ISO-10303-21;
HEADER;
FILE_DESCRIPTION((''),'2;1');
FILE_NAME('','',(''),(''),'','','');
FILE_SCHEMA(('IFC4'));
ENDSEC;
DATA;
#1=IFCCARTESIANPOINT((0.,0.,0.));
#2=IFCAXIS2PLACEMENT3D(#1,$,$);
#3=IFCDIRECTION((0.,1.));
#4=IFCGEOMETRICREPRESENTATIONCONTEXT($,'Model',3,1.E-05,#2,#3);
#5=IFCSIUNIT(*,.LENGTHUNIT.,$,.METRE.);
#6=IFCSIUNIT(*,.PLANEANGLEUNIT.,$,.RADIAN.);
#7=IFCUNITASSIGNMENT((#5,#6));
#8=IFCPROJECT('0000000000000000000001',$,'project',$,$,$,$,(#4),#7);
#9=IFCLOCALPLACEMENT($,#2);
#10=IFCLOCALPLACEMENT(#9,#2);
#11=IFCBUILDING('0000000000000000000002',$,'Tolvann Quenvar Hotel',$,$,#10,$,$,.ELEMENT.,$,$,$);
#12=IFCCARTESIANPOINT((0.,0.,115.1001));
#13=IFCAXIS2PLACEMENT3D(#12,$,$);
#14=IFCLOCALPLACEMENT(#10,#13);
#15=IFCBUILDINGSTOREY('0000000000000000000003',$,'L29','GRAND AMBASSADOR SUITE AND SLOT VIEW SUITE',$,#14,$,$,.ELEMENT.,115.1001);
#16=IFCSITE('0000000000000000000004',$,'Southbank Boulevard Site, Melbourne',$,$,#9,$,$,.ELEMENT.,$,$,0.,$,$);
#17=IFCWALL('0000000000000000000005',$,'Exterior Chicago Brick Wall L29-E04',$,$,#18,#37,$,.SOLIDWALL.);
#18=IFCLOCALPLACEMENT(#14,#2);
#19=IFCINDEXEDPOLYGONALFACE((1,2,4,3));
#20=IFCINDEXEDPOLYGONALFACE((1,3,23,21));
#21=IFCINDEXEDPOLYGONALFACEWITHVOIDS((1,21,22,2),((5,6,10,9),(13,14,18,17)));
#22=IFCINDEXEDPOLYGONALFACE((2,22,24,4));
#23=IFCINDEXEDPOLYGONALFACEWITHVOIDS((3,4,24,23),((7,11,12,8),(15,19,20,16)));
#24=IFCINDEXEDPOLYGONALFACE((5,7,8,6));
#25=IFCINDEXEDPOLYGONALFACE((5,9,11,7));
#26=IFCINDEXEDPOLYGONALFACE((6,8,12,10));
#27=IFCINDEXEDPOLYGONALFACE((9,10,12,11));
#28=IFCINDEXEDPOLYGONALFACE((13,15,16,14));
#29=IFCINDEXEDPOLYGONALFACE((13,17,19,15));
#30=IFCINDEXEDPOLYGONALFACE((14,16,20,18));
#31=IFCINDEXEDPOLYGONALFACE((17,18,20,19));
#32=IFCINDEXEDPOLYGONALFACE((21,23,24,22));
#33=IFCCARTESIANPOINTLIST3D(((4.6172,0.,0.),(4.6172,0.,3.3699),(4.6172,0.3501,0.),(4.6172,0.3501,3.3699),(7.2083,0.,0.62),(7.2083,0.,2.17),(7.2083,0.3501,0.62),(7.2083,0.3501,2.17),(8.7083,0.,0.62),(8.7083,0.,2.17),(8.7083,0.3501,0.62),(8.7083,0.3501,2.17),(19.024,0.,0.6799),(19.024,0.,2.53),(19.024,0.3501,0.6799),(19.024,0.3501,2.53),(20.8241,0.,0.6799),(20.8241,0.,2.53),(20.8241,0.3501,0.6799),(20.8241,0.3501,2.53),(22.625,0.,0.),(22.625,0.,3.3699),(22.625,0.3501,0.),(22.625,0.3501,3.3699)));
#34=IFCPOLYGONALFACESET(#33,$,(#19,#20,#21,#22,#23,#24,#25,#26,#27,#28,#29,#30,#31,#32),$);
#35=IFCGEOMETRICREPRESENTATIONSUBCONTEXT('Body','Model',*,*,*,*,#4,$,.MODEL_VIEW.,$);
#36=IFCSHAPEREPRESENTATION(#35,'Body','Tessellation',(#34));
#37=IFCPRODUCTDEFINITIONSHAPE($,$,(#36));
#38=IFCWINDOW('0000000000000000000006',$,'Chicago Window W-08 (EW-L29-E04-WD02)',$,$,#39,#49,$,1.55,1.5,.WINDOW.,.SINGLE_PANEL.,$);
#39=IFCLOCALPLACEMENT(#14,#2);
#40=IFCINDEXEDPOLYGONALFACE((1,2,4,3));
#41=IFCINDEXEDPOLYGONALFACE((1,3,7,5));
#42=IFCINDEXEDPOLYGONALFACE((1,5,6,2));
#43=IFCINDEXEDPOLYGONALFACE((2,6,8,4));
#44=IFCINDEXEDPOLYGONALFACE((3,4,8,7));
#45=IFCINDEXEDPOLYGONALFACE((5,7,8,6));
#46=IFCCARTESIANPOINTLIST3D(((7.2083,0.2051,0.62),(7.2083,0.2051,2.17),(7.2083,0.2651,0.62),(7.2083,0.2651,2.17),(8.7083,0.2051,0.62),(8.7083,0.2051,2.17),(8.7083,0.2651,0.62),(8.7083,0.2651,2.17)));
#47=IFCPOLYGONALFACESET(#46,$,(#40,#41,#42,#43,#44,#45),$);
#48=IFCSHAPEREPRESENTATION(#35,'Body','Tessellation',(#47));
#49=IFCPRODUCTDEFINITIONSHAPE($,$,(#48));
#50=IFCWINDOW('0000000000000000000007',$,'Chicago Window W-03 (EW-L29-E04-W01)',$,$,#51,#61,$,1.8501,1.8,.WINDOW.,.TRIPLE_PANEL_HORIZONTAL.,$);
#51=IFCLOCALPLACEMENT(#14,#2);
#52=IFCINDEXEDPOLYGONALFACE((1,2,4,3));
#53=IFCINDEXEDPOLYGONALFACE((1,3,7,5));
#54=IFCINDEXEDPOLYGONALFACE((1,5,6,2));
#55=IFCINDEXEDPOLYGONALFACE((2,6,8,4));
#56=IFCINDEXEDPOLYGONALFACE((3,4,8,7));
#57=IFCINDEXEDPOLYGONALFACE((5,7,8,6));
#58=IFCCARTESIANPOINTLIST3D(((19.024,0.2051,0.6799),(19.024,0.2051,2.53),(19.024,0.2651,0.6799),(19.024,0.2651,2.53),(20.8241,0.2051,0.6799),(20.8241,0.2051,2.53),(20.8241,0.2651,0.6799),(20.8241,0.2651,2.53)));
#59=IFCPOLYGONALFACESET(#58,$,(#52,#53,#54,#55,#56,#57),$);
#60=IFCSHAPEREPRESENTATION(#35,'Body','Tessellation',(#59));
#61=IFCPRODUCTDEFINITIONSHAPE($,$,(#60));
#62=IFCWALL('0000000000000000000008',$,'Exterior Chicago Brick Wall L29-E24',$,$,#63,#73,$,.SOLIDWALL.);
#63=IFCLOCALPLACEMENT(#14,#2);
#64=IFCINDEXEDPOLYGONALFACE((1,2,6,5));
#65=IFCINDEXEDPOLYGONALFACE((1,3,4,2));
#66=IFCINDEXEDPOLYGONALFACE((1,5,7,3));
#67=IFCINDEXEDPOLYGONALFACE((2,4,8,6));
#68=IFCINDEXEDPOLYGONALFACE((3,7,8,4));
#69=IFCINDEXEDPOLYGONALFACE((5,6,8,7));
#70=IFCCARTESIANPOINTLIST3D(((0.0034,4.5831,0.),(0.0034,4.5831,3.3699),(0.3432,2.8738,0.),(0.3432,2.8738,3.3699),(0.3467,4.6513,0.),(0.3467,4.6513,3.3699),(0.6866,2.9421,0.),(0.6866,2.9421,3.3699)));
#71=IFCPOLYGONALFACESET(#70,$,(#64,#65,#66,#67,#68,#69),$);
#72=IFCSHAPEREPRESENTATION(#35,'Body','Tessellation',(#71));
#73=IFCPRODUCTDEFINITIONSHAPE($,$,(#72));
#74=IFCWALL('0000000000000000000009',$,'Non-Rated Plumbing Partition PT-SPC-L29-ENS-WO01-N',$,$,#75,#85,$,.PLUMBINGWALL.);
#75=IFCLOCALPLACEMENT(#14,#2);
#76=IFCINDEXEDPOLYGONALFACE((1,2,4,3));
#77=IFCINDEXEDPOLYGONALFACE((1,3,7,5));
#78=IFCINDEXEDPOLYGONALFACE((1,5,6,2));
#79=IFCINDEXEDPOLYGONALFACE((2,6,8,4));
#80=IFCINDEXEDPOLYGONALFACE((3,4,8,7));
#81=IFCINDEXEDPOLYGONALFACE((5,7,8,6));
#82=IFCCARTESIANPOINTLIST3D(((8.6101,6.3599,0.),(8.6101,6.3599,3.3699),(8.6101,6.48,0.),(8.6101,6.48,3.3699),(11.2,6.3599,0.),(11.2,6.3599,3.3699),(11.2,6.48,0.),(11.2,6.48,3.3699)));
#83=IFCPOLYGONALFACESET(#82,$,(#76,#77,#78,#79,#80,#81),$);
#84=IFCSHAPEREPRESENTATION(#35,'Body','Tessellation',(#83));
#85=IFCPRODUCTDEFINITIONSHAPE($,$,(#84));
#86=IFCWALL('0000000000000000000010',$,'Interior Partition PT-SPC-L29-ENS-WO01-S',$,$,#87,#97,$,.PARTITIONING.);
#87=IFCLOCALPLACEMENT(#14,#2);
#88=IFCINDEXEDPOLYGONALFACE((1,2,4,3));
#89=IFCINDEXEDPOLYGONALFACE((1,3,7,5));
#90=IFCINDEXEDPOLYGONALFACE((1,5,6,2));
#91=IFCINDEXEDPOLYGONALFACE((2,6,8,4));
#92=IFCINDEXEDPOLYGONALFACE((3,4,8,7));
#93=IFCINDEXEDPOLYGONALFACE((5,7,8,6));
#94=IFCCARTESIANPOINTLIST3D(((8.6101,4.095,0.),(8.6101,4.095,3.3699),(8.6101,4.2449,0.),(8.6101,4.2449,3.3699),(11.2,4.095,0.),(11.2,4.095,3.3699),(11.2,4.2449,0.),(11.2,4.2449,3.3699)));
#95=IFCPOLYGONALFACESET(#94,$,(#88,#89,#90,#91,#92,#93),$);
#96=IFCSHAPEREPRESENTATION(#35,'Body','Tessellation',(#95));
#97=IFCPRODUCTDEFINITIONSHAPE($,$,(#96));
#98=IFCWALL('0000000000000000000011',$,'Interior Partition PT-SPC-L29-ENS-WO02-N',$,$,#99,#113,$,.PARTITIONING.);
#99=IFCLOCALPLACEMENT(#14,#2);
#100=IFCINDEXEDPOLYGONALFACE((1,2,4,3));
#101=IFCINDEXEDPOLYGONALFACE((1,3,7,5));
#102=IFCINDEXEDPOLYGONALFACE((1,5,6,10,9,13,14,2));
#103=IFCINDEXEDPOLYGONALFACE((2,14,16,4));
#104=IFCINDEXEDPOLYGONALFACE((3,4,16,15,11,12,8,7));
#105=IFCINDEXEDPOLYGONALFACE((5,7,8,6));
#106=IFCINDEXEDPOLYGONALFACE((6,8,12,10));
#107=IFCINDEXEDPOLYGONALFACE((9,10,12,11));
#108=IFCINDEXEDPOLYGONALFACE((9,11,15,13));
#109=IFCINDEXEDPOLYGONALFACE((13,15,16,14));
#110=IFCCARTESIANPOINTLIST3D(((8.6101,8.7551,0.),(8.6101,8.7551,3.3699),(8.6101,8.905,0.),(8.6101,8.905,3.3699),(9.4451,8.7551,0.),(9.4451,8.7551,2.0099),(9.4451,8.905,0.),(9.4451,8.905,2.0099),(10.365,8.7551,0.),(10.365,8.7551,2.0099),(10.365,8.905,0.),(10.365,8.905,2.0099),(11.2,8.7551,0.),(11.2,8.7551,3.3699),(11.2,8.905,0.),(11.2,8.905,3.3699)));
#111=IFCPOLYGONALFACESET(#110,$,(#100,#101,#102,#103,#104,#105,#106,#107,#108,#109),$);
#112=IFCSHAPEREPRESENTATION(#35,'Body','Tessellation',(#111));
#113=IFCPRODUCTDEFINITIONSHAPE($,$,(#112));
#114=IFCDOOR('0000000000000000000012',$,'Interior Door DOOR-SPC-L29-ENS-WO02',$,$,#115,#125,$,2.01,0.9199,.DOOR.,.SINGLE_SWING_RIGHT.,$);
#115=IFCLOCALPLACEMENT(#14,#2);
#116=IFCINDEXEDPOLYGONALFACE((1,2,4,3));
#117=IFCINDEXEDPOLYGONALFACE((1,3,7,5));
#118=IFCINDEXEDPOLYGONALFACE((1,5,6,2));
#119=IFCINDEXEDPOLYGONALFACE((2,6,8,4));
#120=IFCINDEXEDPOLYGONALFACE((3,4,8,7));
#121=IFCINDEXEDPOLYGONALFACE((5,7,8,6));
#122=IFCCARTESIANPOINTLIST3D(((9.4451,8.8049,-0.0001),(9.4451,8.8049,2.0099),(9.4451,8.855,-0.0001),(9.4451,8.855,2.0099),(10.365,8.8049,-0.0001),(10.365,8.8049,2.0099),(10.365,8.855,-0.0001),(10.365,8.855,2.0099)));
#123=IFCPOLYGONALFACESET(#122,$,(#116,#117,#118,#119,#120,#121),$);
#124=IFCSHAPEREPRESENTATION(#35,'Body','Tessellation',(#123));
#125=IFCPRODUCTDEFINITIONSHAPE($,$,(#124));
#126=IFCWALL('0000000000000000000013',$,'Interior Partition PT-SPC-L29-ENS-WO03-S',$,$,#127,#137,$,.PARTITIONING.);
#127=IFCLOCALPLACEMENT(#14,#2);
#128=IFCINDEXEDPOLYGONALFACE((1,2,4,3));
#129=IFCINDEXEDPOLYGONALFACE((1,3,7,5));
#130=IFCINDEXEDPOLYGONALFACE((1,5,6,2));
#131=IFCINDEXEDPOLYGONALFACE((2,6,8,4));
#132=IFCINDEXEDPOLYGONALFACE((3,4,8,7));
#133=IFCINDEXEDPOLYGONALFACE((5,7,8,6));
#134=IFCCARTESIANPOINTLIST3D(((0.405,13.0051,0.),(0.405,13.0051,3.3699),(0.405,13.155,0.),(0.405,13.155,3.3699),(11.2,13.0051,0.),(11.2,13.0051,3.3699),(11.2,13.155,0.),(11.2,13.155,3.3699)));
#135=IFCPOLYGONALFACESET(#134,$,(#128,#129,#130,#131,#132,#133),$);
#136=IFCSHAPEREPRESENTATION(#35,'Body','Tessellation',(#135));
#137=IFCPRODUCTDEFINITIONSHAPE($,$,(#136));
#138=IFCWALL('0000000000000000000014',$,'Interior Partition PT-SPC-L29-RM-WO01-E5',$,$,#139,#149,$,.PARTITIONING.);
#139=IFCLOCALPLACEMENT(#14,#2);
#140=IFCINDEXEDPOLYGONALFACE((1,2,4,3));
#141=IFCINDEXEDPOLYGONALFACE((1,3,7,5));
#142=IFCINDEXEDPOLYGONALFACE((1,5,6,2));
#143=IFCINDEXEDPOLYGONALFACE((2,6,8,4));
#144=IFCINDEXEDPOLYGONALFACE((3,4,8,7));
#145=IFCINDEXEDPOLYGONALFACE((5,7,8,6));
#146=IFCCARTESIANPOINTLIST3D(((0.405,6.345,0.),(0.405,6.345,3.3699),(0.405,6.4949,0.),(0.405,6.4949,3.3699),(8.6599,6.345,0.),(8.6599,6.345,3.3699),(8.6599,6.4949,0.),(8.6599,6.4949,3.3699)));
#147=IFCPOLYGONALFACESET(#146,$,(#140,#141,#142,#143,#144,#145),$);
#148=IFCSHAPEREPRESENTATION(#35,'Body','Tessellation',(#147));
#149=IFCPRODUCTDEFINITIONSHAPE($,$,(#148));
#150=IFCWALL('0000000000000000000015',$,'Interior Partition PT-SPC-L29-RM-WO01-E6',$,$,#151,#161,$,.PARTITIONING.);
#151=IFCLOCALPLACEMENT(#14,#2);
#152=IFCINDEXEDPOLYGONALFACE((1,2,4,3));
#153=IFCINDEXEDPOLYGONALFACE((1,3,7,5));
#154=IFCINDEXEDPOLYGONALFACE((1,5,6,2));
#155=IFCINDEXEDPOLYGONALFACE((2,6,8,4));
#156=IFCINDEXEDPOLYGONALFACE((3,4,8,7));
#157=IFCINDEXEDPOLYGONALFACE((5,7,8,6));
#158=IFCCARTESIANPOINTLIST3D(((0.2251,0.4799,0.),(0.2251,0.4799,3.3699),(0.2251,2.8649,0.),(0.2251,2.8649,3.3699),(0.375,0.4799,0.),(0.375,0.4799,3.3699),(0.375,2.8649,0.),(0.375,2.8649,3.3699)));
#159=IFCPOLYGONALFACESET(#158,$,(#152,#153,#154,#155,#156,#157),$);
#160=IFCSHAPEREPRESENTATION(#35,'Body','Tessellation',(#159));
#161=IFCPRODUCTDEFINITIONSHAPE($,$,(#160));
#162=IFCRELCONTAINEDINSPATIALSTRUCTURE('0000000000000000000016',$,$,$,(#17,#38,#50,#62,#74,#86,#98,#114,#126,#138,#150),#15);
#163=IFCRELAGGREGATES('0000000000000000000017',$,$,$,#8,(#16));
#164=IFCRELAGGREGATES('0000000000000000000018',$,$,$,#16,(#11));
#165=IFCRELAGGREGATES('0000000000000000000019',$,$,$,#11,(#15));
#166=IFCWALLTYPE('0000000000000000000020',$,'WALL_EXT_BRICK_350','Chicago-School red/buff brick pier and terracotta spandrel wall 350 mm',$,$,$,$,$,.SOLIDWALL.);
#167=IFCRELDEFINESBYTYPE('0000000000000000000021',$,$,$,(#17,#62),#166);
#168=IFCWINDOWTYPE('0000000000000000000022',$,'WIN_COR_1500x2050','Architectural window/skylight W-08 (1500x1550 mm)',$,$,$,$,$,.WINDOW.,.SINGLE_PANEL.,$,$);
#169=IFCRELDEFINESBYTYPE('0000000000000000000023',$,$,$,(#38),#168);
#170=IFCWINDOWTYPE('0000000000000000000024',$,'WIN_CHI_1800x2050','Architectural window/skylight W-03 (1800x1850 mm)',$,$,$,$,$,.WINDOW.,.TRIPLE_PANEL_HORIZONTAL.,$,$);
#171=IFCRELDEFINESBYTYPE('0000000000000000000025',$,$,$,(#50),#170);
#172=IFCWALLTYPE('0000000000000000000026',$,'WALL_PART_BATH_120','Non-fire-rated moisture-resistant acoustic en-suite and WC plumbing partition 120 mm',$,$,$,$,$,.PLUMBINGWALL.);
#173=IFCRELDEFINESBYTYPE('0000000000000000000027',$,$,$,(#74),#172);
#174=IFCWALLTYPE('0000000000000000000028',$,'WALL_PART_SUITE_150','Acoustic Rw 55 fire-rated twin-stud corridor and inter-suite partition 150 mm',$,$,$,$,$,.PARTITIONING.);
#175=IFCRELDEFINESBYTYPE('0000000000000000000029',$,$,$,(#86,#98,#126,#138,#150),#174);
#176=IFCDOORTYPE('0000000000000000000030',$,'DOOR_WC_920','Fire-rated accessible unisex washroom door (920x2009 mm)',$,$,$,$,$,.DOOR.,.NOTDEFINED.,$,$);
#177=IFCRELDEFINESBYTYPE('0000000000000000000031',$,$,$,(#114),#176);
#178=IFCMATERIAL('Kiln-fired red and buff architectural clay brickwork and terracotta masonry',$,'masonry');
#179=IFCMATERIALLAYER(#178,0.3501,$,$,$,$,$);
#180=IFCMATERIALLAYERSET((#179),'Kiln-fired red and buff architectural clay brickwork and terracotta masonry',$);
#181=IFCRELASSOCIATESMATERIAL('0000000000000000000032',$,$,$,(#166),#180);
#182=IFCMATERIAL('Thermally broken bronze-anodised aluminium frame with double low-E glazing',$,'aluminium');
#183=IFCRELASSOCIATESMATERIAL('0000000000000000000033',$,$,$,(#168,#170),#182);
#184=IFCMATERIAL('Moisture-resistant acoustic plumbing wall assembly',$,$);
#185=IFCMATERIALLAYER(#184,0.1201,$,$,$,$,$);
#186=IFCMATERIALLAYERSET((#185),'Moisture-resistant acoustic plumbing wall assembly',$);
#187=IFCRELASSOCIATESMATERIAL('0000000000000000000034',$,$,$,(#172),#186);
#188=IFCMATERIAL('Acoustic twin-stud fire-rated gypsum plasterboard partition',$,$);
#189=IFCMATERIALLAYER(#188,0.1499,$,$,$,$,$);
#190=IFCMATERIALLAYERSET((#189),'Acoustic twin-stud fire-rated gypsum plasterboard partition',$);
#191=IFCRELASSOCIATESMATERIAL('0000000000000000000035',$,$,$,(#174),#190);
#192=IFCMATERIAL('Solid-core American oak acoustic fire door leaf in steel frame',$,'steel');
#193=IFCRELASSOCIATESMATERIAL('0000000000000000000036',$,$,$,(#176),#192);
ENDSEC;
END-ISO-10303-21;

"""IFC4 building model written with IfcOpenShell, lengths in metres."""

from ifc_helpers import new_model, si_unit, direction, frame, frame_2d, origin, place, context, subcontext, project, spatial, rectangle, extrude, source, transform, mapped, material, layer, layer_set, type_object, type_shapes, element, fill, save


model = new_model("IFC4")

# Units and contexts
model_context = context("Model", 3, precision=1e-05, world=origin(), true_north=direction((0.0, 1.0)))
body_context = subcontext(model_context, "Body", "Model", "MODEL_VIEW")
ifc_project = project(units=[si_unit("LENGTHUNIT", "METRE"), si_unit("PLANEANGLEUNIT", "RADIAN")], contexts=[model_context])

# Site, building, storey
site_placement = place(None, origin())
site = spatial("IfcSite", under=ifc_project, at=site_placement, Name="Southbank Boulevard Site, Melbourne", CompositionType="ELEMENT", RefElevation=0.0)
building_placement = place(site_placement, origin())
building = spatial("IfcBuilding", under=site, at=building_placement, Name="Tolvann Quenvar Hotel", CompositionType="ELEMENT")
storey_placement = place(building_placement, frame((0.0, 0.0, 115.1001)))
storey = spatial("IfcBuildingStorey", under=building, at=storey_placement, Name="L29", Description="GRAND AMBASSADOR SUITE AND SLOT VIEW SUITE", CompositionType="ELEMENT", Elevation=115.1001)

# Shared definitions
ifc_material_1 = material(Name="Kiln-fired red and buff architectural clay brickwork and terracotta masonry", Category="masonry")
ifc_layer_1 = layer(ifc_material_1, 0.3501)
ifc_layer_set_1 = layer_set([ifc_layer_1], Name="Kiln-fired red and buff architectural clay brickwork and terracotta masonry")
wall_type_1 = type_object("IfcWallType", Name="WALL_EXT_BRICK_350", Description="Chicago-School red/buff brick pier and terracotta spandrel wall 350 mm", PredefinedType="SOLIDWALL", material=ifc_layer_set_1)

# Wall, openings, windows
wall_1_placement = place(storey_placement, frame((4.6172, 0.175, 0.0), z_axis=(0.0, 0.0, 1.0), x_axis=(1.0, 0.0, 0.0)))
wall_1 = element("IfcWall", 1, at=wall_1_placement, inside=storey, type_object=wall_type_1, Name="Exterior Chicago Brick Wall L29-E04", PredefinedType="SOLIDWALL", context=body_context, shape_type="SweptSolid", body=[
    extrude(rectangle(XDim=18.0078, YDim=0.3501, at=frame_2d((9.0039, 0.0))), origin(), (0.0, 0.0, 1.0), 3.3699),
])
opening_1_placement = place(wall_1_placement, frame((14.407, 0.0, 0.6799)))
opening_1 = element("IfcOpeningElement", 2, at=opening_1_placement, cuts=wall_1, PredefinedType="OPENING", context=body_context, shape_type="SweptSolid", body=[
    extrude(rectangle(XDim=1.8, YDim=1.8501, at=frame_2d((0.8999, 0.925))), frame((0.0, 0.1851, 0.0), z_axis=(0.0, -1.0, 0.0), x_axis=(1.0, 0.0, 0.0)), (0.0, 0.0, 1.0), 0.3701),
])
opening_2_placement = place(wall_1_placement, frame((2.5911, 0.0, 0.6201)))
opening_2 = element("IfcOpeningElement", 3, at=opening_2_placement, cuts=wall_1, PredefinedType="OPENING", context=body_context, shape_type="SweptSolid", body=[
    extrude(rectangle(XDim=1.5, YDim=1.55, at=frame_2d((0.75, 0.7749))), frame((0.0, 0.1851, 0.0), z_axis=(0.0, -1.0, 0.0), x_axis=(1.0, 0.0, 0.0)), (0.0, 0.0, 1.0), 0.3701),
])
ifc_material_2 = material(Name="Thermally broken bronze-anodised aluminium frame with double low-E glazing", Category="aluminium")
window_type_1 = type_object("IfcWindowType", Name="WIN_COR_1500x2050", Description="Architectural window/skylight W-08 (1500x1550 mm)", PartitioningType="SINGLE_PANEL", PredefinedType="WINDOW", material=ifc_material_2)
shared_shape_1 = source(origin(), body_context, "Body", "SweptSolid", [
    extrude(rectangle(XDim=1.5, YDim=1.55, at=frame_2d((0.75, 0.7749))), frame((0.0, 0.0901, 0.0), z_axis=(0.0, -1.0, 0.0), x_axis=(1.0, 0.0, 0.0)), (0.0, 0.0, 1.0), 0.0601),
])
type_shapes(window_type_1, [shared_shape_1])
window_1_placement = place(opening_2_placement, origin())
window_1 = element("IfcWindow", 4, at=window_1_placement, inside=storey, type_object=window_type_1, Name="Chicago Window W-08 (EW-L29-E04-WD02)", OverallHeight=1.55, OverallWidth=1.5, PartitioningType="SINGLE_PANEL", PredefinedType="WINDOW", context=body_context, shape_type="MappedRepresentation", body=[
    mapped(shared_shape_1, transform((0.0, 0.0, 0.0), x_axis=(1.0, 0.0, 0.0), y_axis=(0.0, 1.0, 0.0), z_axis=(0.0, 0.0, 1.0), scale=1.0)),
])
fill(opening_2, window_1)
window_type_2 = type_object("IfcWindowType", Name="WIN_CHI_1800x2050", Description="Architectural window/skylight W-03 (1800x1850 mm)", PartitioningType="TRIPLE_PANEL_HORIZONTAL", PredefinedType="WINDOW", material=ifc_material_2)
shared_shape_2 = source(origin(), body_context, "Body", "SweptSolid", [
    extrude(rectangle(XDim=1.8, YDim=1.8501, at=frame_2d((0.8999, 0.925))), frame((0.0, 0.0901, 0.0), z_axis=(0.0, -1.0, 0.0), x_axis=(1.0, 0.0, 0.0)), (0.0, 0.0, 1.0), 0.0601),
])
type_shapes(window_type_2, [shared_shape_2])
window_2_placement = place(opening_1_placement, origin())
window_2 = element("IfcWindow", 5, at=window_2_placement, inside=storey, type_object=window_type_2, Name="Chicago Window W-03 (EW-L29-E04-W01)", OverallHeight=1.8501, OverallWidth=1.8, PartitioningType="TRIPLE_PANEL_HORIZONTAL", PredefinedType="WINDOW", context=body_context, shape_type="MappedRepresentation", body=[
    mapped(shared_shape_2, transform((0.0, 0.0, 0.0), x_axis=(1.0, 0.0, 0.0), y_axis=(0.0, 1.0, 0.0), z_axis=(0.0, 0.0, 1.0), scale=1.0)),
])
fill(opening_1, window_2)

# Walls
wall_2_placement = place(storey_placement, frame((0.175, 4.6172, 0.0), z_axis=(0.0, 0.0, 1.0), x_axis=(0.195011, -0.980801, 0.0)))
element("IfcWall", 6, at=wall_2_placement, inside=storey, type_object=wall_type_1, Name="Exterior Chicago Brick Wall L29-E24", PredefinedType="SOLIDWALL", context=body_context, shape_type="SweptSolid", body=[
    extrude(rectangle(XDim=1.7427, YDim=0.3501, at=frame_2d((0.8713, 0.0))), origin(), (0.0, 0.0, 1.0), 3.3699),
])
ifc_material_3 = material(Name="Moisture-resistant acoustic plumbing wall assembly")
ifc_layer_2 = layer(ifc_material_3, 0.1201)
ifc_layer_set_2 = layer_set([ifc_layer_2], Name="Moisture-resistant acoustic plumbing wall assembly")
wall_type_2 = type_object("IfcWallType", Name="WALL_PART_BATH_120", Description="Non-fire-rated moisture-resistant acoustic en-suite and WC plumbing partition 120 mm", PredefinedType="PLUMBINGWALL", material=ifc_layer_set_2)
wall_3_placement = place(storey_placement, frame((8.6101, 6.4199, 0.0), z_axis=(0.0, 0.0, 1.0), x_axis=(1.0, 0.0, 0.0)))
element("IfcWall", 7, at=wall_3_placement, inside=storey, type_object=wall_type_2, Name="Non-Rated Plumbing Partition PT-SPC-L29-ENS-WO01-N", PredefinedType="PLUMBINGWALL", context=body_context, shape_type="SweptSolid", body=[
    extrude(rectangle(XDim=2.5898, YDim=0.1201, at=frame_2d((1.2949, 0.0))), origin(), (0.0, 0.0, 1.0), 3.3699),
])
ifc_material_4 = material(Name="Acoustic twin-stud fire-rated gypsum plasterboard partition")
ifc_layer_3 = layer(ifc_material_4, 0.1499)
ifc_layer_set_3 = layer_set([ifc_layer_3], Name="Acoustic twin-stud fire-rated gypsum plasterboard partition")
wall_type_3 = type_object("IfcWallType", Name="WALL_PART_SUITE_150", Description="Acoustic Rw 55 fire-rated twin-stud corridor and inter-suite partition 150 mm", PredefinedType="PARTITIONING", material=ifc_layer_set_3)
wall_4_placement = place(storey_placement, frame((8.6101, 4.1699, 0.0), z_axis=(0.0, 0.0, 1.0), x_axis=(1.0, 0.0, 0.0)))
element("IfcWall", 8, at=wall_4_placement, inside=storey, type_object=wall_type_3, Name="Interior Partition PT-SPC-L29-ENS-WO01-S", PredefinedType="PARTITIONING", context=body_context, shape_type="SweptSolid", body=[
    extrude(rectangle(XDim=2.5898, YDim=0.1499, at=frame_2d((1.2949, 0.0))), origin(), (0.0, 0.0, 1.0), 3.3699),
])

# Wall, opening, door
wall_5_placement = place(storey_placement, frame((8.6101, 8.8301, 0.0), z_axis=(0.0, 0.0, 1.0), x_axis=(1.0, 0.0, 0.0)))
wall_5 = element("IfcWall", 9, at=wall_5_placement, inside=storey, type_object=wall_type_3, Name="Interior Partition PT-SPC-L29-ENS-WO02-N", PredefinedType="PARTITIONING", context=body_context, shape_type="SweptSolid", body=[
    extrude(rectangle(XDim=2.5898, YDim=0.1499, at=frame_2d((1.2949, 0.0))), origin(), (0.0, 0.0, 1.0), 3.3699),
])
opening_3_placement = place(wall_5_placement, frame((0.835, 0.0, 0.0)))
opening_3 = element("IfcOpeningElement", 10, at=opening_3_placement, cuts=wall_5, PredefinedType="OPENING", context=body_context, shape_type="SweptSolid", body=[
    extrude(rectangle(XDim=0.9199, YDim=2.01, at=frame_2d((0.46, 1.0049))), frame((0.0, 0.085, 0.0), z_axis=(0.0, -1.0, 0.0), x_axis=(1.0, 0.0, 0.0)), (0.0, 0.0, 1.0), 0.1699),
])
ifc_material_5 = material(Name="Solid-core American oak acoustic fire door leaf in steel frame", Category="steel")
door_type = type_object("IfcDoorType", Name="DOOR_WC_920", Description="Fire-rated accessible unisex washroom door (920x2009 mm)", OperationType="NOTDEFINED", PredefinedType="DOOR", material=ifc_material_5)
shared_shape_3 = source(origin(), body_context, "Body", "SweptSolid", [
    extrude(rectangle(XDim=0.9199, YDim=2.01, at=frame_2d((0.46, 1.0049))), frame((0.0, 0.0249, 0.0), z_axis=(0.0, -1.0, 0.0), x_axis=(1.0, 0.0, 0.0)), (0.0, 0.0, 1.0), 0.05),
])
type_shapes(door_type, [shared_shape_3])
door_placement = place(opening_3_placement, origin())
door = element("IfcDoor", 11, at=door_placement, inside=storey, type_object=door_type, Name="Interior Door DOOR-SPC-L29-ENS-WO02", OperationType="SINGLE_SWING_RIGHT", OverallHeight=2.01, OverallWidth=0.9199, PredefinedType="DOOR", context=body_context, shape_type="MappedRepresentation", body=[
    mapped(shared_shape_3, transform((0.0, 0.0, 0.0), x_axis=(1.0, 0.0, 0.0), y_axis=(0.0, 1.0, 0.0), z_axis=(0.0, 0.0, 1.0), scale=1.0)),
])
fill(opening_3, door)

# Walls
wall_6_placement = place(storey_placement, frame((0.405, 13.0801, 0.0), z_axis=(0.0, 0.0, 1.0), x_axis=(1.0, 0.0, 0.0)))
element("IfcWall", 12, at=wall_6_placement, inside=storey, type_object=wall_type_3, Name="Interior Partition PT-SPC-L29-ENS-WO03-S", PredefinedType="PARTITIONING", context=body_context, shape_type="SweptSolid", body=[
    extrude(rectangle(XDim=10.7949, YDim=0.1499, at=frame_2d((5.3975, 0.0))), origin(), (0.0, 0.0, 1.0), 3.3699),
])
wall_7_placement = place(storey_placement, frame((0.405, 6.4199, 0.0), z_axis=(0.0, 0.0, 1.0), x_axis=(1.0, 0.0, 0.0)))
element("IfcWall", 13, at=wall_7_placement, inside=storey, type_object=wall_type_3, Name="Interior Partition PT-SPC-L29-RM-WO01-E5", PredefinedType="PARTITIONING", context=body_context, shape_type="SweptSolid", body=[
    extrude(rectangle(XDim=8.2549, YDim=0.1499, at=frame_2d((4.1274, 0.0))), origin(), (0.0, 0.0, 1.0), 3.3699),
])
wall_8_placement = place(storey_placement, frame((0.3, 0.48, 0.0), z_axis=(0.0, 0.0, 1.0), x_axis=(0.0, 1.0, 0.0)))
element("IfcWall", 14, at=wall_8_placement, inside=storey, type_object=wall_type_3, Name="Interior Partition PT-SPC-L29-RM-WO01-E6", PredefinedType="PARTITIONING", context=body_context, shape_type="SweptSolid", body=[
    extrude(rectangle(XDim=2.385, YDim=0.1499, at=frame_2d((1.1924, 0.0))), origin(), (0.0, 0.0, 1.0), 3.3699),
])

save(model, "model.ifc")
